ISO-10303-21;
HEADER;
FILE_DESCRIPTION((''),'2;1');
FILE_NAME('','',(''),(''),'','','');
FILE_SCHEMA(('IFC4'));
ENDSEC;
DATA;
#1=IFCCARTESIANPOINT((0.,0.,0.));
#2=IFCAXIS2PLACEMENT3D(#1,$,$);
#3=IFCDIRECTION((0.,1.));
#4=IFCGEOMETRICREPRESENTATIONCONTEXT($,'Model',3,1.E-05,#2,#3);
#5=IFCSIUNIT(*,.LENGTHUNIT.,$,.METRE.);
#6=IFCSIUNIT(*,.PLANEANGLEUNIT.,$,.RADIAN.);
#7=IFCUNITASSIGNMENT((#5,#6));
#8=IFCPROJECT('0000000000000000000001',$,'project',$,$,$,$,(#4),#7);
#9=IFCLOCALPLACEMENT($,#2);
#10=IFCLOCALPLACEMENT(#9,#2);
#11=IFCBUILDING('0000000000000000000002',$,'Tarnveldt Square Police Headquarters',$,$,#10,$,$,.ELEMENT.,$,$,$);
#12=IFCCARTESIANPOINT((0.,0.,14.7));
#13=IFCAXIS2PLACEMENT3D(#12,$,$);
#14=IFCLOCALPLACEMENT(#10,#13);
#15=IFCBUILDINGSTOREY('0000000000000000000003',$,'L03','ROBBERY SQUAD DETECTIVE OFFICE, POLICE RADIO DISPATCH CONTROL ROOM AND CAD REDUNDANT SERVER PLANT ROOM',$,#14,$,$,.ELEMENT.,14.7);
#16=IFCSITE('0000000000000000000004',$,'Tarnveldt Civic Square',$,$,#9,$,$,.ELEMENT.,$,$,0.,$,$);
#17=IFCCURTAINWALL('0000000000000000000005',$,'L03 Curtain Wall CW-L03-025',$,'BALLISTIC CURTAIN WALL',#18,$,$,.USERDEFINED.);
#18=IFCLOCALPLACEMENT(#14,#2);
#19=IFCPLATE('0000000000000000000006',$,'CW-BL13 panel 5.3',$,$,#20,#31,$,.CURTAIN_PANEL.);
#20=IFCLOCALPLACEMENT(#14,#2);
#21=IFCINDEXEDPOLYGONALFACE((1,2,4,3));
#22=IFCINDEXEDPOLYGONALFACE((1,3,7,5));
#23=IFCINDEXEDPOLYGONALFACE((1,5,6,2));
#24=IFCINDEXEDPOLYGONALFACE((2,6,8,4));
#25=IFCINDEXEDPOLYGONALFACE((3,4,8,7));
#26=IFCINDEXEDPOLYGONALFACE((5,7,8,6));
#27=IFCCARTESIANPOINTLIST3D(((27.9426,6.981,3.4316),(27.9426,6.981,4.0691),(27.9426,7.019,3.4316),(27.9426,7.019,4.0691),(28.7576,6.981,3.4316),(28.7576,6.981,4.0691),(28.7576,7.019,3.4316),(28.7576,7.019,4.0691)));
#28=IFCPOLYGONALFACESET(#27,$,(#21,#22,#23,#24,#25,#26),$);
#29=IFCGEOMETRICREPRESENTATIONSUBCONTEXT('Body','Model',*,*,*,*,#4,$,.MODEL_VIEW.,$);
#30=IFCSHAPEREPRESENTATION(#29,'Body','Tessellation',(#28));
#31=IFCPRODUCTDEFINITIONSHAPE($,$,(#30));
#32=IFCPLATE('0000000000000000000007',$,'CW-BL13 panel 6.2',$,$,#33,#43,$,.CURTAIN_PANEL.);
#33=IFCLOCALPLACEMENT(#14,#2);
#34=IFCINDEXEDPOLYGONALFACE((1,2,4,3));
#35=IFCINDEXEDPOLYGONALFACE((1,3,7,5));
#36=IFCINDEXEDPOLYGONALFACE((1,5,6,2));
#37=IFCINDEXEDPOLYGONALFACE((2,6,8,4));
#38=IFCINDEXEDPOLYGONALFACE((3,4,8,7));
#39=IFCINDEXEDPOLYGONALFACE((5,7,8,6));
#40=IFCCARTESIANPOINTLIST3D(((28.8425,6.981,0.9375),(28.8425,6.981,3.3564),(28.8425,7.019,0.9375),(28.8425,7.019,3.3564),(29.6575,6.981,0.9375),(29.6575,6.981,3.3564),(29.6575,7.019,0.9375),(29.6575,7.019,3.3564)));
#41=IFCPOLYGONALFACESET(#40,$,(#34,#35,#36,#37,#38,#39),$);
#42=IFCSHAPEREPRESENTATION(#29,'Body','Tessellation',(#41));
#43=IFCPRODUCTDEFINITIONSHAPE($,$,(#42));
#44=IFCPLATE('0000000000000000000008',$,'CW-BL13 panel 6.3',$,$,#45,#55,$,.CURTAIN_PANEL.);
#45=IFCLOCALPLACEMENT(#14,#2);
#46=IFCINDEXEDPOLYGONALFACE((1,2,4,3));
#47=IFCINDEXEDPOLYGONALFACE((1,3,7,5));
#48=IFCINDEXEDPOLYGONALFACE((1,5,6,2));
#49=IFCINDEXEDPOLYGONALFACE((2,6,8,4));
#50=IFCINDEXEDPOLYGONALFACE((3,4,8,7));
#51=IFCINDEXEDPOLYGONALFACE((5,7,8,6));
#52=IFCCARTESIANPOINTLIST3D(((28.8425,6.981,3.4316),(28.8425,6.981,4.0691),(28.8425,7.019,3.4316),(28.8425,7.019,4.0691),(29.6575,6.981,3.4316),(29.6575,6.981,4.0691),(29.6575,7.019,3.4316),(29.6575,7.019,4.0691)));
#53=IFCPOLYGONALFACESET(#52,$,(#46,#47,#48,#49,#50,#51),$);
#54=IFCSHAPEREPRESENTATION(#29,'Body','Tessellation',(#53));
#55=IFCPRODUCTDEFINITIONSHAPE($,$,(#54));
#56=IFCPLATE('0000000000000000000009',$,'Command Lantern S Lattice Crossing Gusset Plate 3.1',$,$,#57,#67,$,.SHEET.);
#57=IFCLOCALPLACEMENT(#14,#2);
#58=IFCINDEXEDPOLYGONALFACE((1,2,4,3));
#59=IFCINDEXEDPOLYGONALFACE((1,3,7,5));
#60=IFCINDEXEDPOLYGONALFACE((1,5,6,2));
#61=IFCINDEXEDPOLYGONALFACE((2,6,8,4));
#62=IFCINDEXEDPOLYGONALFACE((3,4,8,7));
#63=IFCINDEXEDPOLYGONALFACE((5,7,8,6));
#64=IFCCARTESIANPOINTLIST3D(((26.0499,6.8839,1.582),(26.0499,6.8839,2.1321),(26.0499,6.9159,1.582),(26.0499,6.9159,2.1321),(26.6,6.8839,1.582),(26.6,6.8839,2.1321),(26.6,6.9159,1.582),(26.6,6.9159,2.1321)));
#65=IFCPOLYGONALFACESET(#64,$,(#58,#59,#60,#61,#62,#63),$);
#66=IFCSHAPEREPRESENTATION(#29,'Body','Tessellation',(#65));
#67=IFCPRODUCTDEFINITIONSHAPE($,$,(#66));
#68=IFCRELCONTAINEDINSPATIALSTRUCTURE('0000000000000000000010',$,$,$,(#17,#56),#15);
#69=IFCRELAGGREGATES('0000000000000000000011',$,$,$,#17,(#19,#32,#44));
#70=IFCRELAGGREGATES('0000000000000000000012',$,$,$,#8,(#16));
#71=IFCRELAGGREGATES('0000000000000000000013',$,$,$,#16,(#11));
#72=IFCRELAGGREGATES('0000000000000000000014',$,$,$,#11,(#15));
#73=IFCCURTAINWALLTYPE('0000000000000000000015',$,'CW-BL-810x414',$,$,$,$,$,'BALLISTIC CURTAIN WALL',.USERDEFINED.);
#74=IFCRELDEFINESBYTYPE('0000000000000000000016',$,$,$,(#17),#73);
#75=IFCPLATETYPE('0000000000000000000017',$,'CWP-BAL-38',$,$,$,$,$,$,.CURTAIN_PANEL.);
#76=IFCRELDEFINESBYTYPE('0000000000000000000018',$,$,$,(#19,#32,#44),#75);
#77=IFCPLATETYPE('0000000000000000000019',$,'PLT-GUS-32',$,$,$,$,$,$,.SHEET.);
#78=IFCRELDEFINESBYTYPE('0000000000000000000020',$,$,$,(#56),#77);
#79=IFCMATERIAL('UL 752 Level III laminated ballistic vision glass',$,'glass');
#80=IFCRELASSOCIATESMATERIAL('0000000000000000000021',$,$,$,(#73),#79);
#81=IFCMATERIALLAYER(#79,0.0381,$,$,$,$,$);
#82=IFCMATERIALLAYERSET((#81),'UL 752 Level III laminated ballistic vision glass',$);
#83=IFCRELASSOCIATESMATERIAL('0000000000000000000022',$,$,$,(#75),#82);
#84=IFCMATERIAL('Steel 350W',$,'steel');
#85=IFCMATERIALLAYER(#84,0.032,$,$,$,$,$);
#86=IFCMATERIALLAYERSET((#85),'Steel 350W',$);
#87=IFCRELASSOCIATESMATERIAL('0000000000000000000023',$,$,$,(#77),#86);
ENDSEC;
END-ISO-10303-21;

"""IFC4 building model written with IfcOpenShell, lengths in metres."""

from ifc_helpers import new_model, si_unit, direction, frame, origin, origin_2d, place, context, subcontext, project, spatial, rectangle, extrude, material, layer, layer_set, type_object, element, aggregate, save


model = new_model("IFC4")

# Units and contexts
model_context = context("Model", 3, precision=1e-05, world=origin(), true_north=direction((0.0, 1.0)))
body_context = subcontext(model_context, "Body", "Model", "MODEL_VIEW")
ifc_project = project(units=[si_unit("LENGTHUNIT", "METRE"), si_unit("PLANEANGLEUNIT", "RADIAN")], contexts=[model_context])

# Site, building, storey
site_placement = place(None, origin())
site = spatial("IfcSite", under=ifc_project, at=site_placement, Name="Tarnveldt Civic Square", CompositionType="ELEMENT", RefElevation=0.0)
building_placement = place(site_placement, origin())
building = spatial("IfcBuilding", under=site, at=building_placement, Name="Tarnveldt Square Police Headquarters", CompositionType="ELEMENT")
storey_placement = place(building_placement, frame((0.0, 0.0, 14.7)))
storey = spatial("IfcBuildingStorey", under=building, at=storey_placement, Name="L03", Description="ROBBERY SQUAD DETECTIVE OFFICE, POLICE RADIO DISPATCH CONTROL ROOM AND CAD REDUNDANT SERVER PLANT ROOM", CompositionType="ELEMENT", Elevation=14.7)

# Curtain wall
ifc_material_1 = material(Name="UL 752 Level III laminated ballistic vision glass", Category="glass")
curtain_wall_type = type_object("IfcCurtainWallType", Name="CW-BL-810x414", ElementType="BALLISTIC CURTAIN WALL", PredefinedType="USERDEFINED", material=ifc_material_1)
curtain_wall_placement = place(storey_placement, origin())
curtain_wall = element("IfcCurtainWall", 1, at=curtain_wall_placement, inside=storey, type_object=curtain_wall_type, Name="L03 Curtain Wall CW-L03-025", ObjectType="BALLISTIC CURTAIN WALL", PredefinedType="USERDEFINED")

# Shared definitions
ifc_material_2 = material(Name="Steel 350W", Category="steel")

# Plates
ifc_layer_1 = layer(ifc_material_1, 0.0381)
ifc_layer_set_1 = layer_set([ifc_layer_1], Name="UL 752 Level III laminated ballistic vision glass")
plate_type_1 = type_object("IfcPlateType", Name="CWP-BAL-38", PredefinedType="CURTAIN_PANEL", material=ifc_layer_set_1)
plate_1_placement = place(storey_placement, frame((28.3501, 7.0, 3.4316), z_axis=(0.0, 0.0, 1.0), x_axis=(1.0, 0.0, 0.0)))
plate_1 = element("IfcPlate", 2, at=plate_1_placement, type_object=plate_type_1, Name="CW-BL13 panel 5.3", PredefinedType="CURTAIN_PANEL", context=body_context, shape_type="SweptSolid", body=[
    extrude(rectangle(XDim=0.8149, YDim=0.0381, at=origin_2d()), origin(), (0.0, 0.0, 1.0), 0.6375),
])
plate_2_placement = place(storey_placement, frame((29.25, 7.0, 0.9375), z_axis=(0.0, 0.0, 1.0), x_axis=(1.0, 0.0, 0.0)))
plate_2 = element("IfcPlate", 3, at=plate_2_placement, type_object=plate_type_1, Name="CW-BL13 panel 6.2", PredefinedType="CURTAIN_PANEL", context=body_context, shape_type="SweptSolid", body=[
    extrude(rectangle(XDim=0.8149, YDim=0.0381, at=origin_2d()), origin(), (0.0, 0.0, 1.0), 2.4189),
])
plate_3_placement = place(storey_placement, frame((29.25, 7.0, 3.4316), z_axis=(0.0, 0.0, 1.0), x_axis=(1.0, 0.0, 0.0)))
plate_3 = element("IfcPlate", 4, at=plate_3_placement, type_object=plate_type_1, Name="CW-BL13 panel 6.3", PredefinedType="CURTAIN_PANEL", context=body_context, shape_type="SweptSolid", body=[
    extrude(rectangle(XDim=0.8149, YDim=0.0381, at=origin_2d()), origin(), (0.0, 0.0, 1.0), 0.6375),
])
aggregate(curtain_wall, [plate_1, plate_2, plate_3])
ifc_layer_2 = layer(ifc_material_2, 0.032)
ifc_layer_set_2 = layer_set([ifc_layer_2], Name="Steel 350W")
plate_type_2 = type_object("IfcPlateType", Name="PLT-GUS-32", PredefinedType="SHEET", material=ifc_layer_set_2)
plate_4_placement = place(storey_placement, frame((26.325, 6.8999, 1.582), z_axis=(0.0, 0.0, 1.0), x_axis=(1.0, 0.0, 0.0)))
element("IfcPlate", 5, at=plate_4_placement, inside=storey, type_object=plate_type_2, Name="Command Lantern S Lattice Crossing Gusset Plate 3.1", PredefinedType="SHEET", context=body_context, shape_type="SweptSolid", body=[
    extrude(rectangle(XDim=0.55, YDim=0.032, at=origin_2d()), origin(), (0.0, 0.0, 1.0), 0.55),
])

save(model, "model.ifc")
